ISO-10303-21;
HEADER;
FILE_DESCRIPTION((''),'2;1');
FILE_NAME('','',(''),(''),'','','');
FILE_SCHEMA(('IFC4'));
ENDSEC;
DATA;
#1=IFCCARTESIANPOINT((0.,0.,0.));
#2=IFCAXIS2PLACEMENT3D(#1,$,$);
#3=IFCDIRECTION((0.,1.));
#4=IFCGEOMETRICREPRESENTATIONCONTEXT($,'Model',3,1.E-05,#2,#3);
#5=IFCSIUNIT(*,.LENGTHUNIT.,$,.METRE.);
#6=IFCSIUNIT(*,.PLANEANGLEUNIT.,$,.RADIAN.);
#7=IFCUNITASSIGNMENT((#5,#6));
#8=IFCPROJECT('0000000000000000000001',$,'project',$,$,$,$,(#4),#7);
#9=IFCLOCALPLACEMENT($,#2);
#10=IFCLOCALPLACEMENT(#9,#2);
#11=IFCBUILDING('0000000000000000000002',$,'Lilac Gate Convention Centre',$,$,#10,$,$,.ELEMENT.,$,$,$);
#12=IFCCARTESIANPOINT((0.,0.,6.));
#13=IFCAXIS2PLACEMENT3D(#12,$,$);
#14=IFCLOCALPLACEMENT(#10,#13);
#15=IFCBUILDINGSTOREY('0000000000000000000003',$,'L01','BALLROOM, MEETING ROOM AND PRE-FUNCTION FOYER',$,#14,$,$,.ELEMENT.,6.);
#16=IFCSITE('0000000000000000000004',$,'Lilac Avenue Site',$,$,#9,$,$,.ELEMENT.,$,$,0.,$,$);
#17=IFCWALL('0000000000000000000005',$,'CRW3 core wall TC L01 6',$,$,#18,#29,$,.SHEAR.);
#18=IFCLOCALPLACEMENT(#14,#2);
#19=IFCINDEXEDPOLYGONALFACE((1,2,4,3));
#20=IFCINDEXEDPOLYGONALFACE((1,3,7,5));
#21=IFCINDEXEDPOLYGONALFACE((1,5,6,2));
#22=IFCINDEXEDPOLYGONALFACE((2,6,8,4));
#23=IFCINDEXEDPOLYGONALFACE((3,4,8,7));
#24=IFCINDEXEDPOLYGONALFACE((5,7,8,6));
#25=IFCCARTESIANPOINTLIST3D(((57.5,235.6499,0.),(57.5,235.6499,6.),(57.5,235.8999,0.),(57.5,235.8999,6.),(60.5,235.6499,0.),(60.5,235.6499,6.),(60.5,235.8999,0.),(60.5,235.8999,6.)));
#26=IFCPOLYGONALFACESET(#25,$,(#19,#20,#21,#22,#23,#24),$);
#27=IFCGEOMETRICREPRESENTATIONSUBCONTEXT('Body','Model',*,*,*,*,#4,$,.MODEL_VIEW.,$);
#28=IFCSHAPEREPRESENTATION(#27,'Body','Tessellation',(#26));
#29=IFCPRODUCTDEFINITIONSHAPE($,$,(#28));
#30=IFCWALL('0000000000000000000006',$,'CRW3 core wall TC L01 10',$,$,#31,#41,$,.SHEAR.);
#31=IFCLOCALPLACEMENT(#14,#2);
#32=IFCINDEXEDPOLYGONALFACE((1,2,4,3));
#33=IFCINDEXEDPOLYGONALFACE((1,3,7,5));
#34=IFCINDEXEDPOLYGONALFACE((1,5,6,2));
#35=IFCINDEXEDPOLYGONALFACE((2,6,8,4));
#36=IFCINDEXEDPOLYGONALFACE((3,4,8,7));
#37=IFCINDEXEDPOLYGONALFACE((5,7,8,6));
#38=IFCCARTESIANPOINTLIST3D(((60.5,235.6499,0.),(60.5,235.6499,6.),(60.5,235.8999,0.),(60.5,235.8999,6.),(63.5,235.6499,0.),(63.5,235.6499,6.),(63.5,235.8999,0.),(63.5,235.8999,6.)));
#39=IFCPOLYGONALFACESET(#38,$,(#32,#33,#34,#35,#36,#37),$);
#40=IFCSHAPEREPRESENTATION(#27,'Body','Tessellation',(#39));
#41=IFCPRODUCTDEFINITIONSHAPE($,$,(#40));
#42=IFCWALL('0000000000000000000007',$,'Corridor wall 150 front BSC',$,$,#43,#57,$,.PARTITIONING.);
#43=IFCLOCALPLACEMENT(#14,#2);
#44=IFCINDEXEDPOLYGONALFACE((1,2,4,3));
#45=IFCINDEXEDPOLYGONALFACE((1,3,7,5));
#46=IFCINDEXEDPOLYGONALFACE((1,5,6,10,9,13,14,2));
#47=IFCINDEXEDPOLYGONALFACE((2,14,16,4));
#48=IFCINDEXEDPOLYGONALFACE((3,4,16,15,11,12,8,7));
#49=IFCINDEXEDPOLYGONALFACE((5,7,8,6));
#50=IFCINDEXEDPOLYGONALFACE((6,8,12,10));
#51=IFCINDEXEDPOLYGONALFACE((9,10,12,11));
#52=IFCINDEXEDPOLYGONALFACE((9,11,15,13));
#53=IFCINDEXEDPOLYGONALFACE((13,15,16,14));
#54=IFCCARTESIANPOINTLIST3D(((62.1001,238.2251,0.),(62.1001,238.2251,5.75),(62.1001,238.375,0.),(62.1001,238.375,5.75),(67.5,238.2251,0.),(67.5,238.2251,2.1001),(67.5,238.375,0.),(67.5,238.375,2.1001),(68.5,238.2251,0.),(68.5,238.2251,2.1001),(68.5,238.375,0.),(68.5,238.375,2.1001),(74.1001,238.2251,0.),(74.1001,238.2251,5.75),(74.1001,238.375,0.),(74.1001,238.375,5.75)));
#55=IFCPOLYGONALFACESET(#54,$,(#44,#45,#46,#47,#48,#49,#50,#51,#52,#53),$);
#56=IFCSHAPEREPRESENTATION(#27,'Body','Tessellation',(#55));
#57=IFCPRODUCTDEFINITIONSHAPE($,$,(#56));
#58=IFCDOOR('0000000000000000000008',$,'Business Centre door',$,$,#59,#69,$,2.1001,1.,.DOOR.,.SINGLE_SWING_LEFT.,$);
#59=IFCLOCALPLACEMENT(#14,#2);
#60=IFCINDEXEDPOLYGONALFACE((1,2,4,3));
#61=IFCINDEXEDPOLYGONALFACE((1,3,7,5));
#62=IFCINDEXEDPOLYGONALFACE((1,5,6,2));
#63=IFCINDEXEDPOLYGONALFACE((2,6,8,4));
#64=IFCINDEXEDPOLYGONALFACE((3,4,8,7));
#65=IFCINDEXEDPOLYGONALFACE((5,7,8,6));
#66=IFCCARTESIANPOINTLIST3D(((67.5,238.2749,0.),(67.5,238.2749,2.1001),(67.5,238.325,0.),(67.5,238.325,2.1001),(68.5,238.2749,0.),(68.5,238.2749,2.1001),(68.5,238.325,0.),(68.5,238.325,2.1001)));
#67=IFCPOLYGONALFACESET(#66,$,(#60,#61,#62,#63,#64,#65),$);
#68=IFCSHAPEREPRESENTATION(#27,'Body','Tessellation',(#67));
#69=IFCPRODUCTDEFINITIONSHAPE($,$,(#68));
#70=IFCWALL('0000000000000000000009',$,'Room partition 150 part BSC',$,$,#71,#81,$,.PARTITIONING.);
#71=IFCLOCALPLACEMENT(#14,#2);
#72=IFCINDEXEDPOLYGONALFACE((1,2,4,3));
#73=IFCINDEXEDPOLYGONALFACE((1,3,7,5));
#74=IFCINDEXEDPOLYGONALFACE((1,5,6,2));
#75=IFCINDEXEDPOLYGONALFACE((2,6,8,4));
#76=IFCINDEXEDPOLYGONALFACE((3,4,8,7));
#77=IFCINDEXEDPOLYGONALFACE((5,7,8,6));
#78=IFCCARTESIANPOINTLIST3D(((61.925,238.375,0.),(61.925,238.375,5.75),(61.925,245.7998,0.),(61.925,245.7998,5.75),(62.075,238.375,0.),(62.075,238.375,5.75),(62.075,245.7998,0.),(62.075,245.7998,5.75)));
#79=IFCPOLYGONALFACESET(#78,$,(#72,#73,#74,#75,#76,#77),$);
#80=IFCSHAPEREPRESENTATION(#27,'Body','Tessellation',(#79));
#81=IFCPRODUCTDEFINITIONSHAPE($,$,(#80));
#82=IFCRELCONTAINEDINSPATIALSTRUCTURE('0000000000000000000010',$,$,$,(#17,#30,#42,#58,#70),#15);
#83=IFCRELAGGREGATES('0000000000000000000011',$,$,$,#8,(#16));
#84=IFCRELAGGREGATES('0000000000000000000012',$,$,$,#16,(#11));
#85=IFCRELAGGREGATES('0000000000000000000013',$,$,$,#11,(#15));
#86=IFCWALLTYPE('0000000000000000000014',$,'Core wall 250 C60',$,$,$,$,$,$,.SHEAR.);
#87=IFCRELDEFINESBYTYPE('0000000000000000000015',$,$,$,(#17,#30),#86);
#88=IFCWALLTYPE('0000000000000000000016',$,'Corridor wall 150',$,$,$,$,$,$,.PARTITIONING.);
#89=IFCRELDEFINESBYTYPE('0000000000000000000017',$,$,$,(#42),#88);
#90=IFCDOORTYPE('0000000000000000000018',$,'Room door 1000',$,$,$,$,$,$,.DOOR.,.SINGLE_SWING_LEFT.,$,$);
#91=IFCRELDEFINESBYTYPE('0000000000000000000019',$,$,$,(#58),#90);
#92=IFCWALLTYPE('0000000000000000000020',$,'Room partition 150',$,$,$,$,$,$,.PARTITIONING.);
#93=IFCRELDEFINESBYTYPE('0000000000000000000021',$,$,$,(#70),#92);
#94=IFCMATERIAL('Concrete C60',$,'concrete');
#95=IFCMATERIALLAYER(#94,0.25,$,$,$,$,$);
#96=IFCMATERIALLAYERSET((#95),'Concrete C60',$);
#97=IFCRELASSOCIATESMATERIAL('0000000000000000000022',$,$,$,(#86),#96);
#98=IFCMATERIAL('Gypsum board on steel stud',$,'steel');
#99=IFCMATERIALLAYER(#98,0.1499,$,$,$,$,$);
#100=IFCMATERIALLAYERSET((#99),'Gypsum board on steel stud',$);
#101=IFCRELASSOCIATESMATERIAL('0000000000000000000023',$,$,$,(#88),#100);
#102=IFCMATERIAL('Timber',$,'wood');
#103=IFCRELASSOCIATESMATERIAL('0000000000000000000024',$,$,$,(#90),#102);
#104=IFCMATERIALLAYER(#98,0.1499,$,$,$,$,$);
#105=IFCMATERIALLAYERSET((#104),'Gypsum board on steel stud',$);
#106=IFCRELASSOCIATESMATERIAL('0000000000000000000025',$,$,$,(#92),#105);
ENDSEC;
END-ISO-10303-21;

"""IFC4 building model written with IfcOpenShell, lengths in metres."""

from ifc_helpers import new_model, si_unit, direction, frame, frame_2d, origin, place, context, subcontext, project, spatial, rectangle, extrude, material, layer, layer_set, type_object, element, fill, save


model = new_model("IFC4")

# Units and contexts
model_context = context("Model", 3, precision=1e-05, world=origin(), true_north=direction((0.0, 1.0)))
body_context = subcontext(model_context, "Body", "Model", "MODEL_VIEW")
ifc_project = project(units=[si_unit("LENGTHUNIT", "METRE"), si_unit("PLANEANGLEUNIT", "RADIAN")], contexts=[model_context])

# Site, building, storey
site_placement = place(None, origin())
site = spatial("IfcSite", under=ifc_project, at=site_placement, Name="Lilac Avenue Site", CompositionType="ELEMENT", RefElevation=0.0)
building_placement = place(site_placement, origin())
building = spatial("IfcBuilding", under=site, at=building_placement, Name="Lilac Gate Convention Centre", CompositionType="ELEMENT")
storey_placement = place(building_placement, frame((0.0, 0.0, 6.0)))
storey = spatial("IfcBuildingStorey", under=building, at=storey_placement, Name="L01", Description="BALLROOM, MEETING ROOM AND PRE-FUNCTION FOYER", CompositionType="ELEMENT", Elevation=6.0)

# Walls
ifc_material_1 = material(Name="Concrete C60", Category="concrete")
ifc_layer_1 = layer(ifc_material_1, 0.25)
ifc_layer_set_1 = layer_set([ifc_layer_1], Name="Concrete C60")
wall_type_1 = type_object("IfcWallType", Name="Core wall 250 C60", PredefinedType="SHEAR", material=ifc_layer_set_1)
for number, where, z_axis, x_axis, name in (
    (1, (57.5, 235.7749, 0.0), (0.0, 0.0, 1.0), (1.0, 0.0, 0.0), "CRW3 core wall TC L01 6"),
    (2, (60.5, 235.7749, 0.0), (0.0, 0.0, 1.0), (1.0, 0.0, 0.0), "CRW3 core wall TC L01 10"),
):
    element("IfcWall", number, at=place(storey_placement, frame(where, z_axis=z_axis, x_axis=x_axis)), inside=storey, type_object=wall_type_1, Name=name, PredefinedType="SHEAR", context=body_context, shape_type="SweptSolid", body=[
        extrude(rectangle(XDim=3.0, YDim=0.25, at=frame_2d((1.5, 0.0))), origin(), (0.0, 0.0, 1.0), 6.0),
    ])

# Wall, opening, door
ifc_material_2 = material(Name="Gypsum board on steel stud", Category="steel")
ifc_layer_2 = layer(ifc_material_2, 0.1499)
ifc_layer_set_2 = layer_set([ifc_layer_2], Name="Gypsum board on steel stud")
wall_type_2 = type_object("IfcWallType", Name="Corridor wall 150", PredefinedType="PARTITIONING", material=ifc_layer_set_2)
wall_1_placement = place(storey_placement, frame((62.1001, 238.3, 0.0), z_axis=(0.0, 0.0, 1.0), x_axis=(1.0, 0.0, 0.0)))
wall_1 = element("IfcWall", 3, at=wall_1_placement, inside=storey, type_object=wall_type_2, Name="Corridor wall 150 front BSC", PredefinedType="PARTITIONING", context=body_context, shape_type="SweptSolid", body=[
    extrude(rectangle(XDim=12.0, YDim=0.1499, at=frame_2d((6.0, 0.0))), origin(), (0.0, 0.0, 1.0), 5.75),
])
opening_placement = place(wall_1_placement, frame((5.3999, 0.0, 0.0)))
opening = element("IfcOpeningElement", 4, at=opening_placement, cuts=wall_1, PredefinedType="OPENING", context=body_context, shape_type="SweptSolid", body=[
    extrude(rectangle(XDim=1.0, YDim=2.1001, at=frame_2d((0.5, 1.05))), frame((0.0, 0.085, 0.0), z_axis=(0.0, -1.0, 0.0), x_axis=(1.0, 0.0, 0.0)), (0.0, 0.0, 1.0), 0.1699),
])
ifc_material_3 = material(Name="Timber", Category="wood")
door_type = type_object("IfcDoorType", Name="Room door 1000", OperationType="SINGLE_SWING_LEFT", PredefinedType="DOOR", material=ifc_material_3)
door_placement = place(opening_placement, origin())
door = element("IfcDoor", 5, at=door_placement, inside=storey, type_object=door_type, Name="Business Centre door", OperationType="SINGLE_SWING_LEFT", OverallHeight=2.1001, OverallWidth=1.0, PredefinedType="DOOR", context=body_context, shape_type="SweptSolid", body=[
    extrude(rectangle(XDim=1.0, YDim=2.1001, at=frame_2d((0.5, 1.05))), frame((0.0, 0.0249, 0.0), z_axis=(0.0, -1.0, 0.0), x_axis=(1.0, 0.0, 0.0)), (0.0, 0.0, 1.0), 0.05),
])
fill(opening, door)

# Wall
ifc_layer_3 = layer(ifc_material_2, 0.1499)
ifc_layer_set_3 = layer_set([ifc_layer_3], Name="Gypsum board on steel stud")
wall_type_3 = type_object("IfcWallType", Name="Room partition 150", PredefinedType="PARTITIONING", material=ifc_layer_set_3)
wall_2_placement = place(storey_placement, frame((62.0, 245.7998, 0.0), z_axis=(0.0, 0.0, 1.0), x_axis=(0.0, -1.0, 0.0)))
element("IfcWall", 6, at=wall_2_placement, inside=storey, type_object=wall_type_3, Name="Room partition 150 part BSC", PredefinedType="PARTITIONING", context=body_context, shape_type="SweptSolid", body=[
    extrude(rectangle(XDim=7.4248, YDim=0.1499, at=frame_2d((3.7124, 0.0))), origin(), (0.0, 0.0, 1.0), 5.75),
])

save(model, "model.ifc")
